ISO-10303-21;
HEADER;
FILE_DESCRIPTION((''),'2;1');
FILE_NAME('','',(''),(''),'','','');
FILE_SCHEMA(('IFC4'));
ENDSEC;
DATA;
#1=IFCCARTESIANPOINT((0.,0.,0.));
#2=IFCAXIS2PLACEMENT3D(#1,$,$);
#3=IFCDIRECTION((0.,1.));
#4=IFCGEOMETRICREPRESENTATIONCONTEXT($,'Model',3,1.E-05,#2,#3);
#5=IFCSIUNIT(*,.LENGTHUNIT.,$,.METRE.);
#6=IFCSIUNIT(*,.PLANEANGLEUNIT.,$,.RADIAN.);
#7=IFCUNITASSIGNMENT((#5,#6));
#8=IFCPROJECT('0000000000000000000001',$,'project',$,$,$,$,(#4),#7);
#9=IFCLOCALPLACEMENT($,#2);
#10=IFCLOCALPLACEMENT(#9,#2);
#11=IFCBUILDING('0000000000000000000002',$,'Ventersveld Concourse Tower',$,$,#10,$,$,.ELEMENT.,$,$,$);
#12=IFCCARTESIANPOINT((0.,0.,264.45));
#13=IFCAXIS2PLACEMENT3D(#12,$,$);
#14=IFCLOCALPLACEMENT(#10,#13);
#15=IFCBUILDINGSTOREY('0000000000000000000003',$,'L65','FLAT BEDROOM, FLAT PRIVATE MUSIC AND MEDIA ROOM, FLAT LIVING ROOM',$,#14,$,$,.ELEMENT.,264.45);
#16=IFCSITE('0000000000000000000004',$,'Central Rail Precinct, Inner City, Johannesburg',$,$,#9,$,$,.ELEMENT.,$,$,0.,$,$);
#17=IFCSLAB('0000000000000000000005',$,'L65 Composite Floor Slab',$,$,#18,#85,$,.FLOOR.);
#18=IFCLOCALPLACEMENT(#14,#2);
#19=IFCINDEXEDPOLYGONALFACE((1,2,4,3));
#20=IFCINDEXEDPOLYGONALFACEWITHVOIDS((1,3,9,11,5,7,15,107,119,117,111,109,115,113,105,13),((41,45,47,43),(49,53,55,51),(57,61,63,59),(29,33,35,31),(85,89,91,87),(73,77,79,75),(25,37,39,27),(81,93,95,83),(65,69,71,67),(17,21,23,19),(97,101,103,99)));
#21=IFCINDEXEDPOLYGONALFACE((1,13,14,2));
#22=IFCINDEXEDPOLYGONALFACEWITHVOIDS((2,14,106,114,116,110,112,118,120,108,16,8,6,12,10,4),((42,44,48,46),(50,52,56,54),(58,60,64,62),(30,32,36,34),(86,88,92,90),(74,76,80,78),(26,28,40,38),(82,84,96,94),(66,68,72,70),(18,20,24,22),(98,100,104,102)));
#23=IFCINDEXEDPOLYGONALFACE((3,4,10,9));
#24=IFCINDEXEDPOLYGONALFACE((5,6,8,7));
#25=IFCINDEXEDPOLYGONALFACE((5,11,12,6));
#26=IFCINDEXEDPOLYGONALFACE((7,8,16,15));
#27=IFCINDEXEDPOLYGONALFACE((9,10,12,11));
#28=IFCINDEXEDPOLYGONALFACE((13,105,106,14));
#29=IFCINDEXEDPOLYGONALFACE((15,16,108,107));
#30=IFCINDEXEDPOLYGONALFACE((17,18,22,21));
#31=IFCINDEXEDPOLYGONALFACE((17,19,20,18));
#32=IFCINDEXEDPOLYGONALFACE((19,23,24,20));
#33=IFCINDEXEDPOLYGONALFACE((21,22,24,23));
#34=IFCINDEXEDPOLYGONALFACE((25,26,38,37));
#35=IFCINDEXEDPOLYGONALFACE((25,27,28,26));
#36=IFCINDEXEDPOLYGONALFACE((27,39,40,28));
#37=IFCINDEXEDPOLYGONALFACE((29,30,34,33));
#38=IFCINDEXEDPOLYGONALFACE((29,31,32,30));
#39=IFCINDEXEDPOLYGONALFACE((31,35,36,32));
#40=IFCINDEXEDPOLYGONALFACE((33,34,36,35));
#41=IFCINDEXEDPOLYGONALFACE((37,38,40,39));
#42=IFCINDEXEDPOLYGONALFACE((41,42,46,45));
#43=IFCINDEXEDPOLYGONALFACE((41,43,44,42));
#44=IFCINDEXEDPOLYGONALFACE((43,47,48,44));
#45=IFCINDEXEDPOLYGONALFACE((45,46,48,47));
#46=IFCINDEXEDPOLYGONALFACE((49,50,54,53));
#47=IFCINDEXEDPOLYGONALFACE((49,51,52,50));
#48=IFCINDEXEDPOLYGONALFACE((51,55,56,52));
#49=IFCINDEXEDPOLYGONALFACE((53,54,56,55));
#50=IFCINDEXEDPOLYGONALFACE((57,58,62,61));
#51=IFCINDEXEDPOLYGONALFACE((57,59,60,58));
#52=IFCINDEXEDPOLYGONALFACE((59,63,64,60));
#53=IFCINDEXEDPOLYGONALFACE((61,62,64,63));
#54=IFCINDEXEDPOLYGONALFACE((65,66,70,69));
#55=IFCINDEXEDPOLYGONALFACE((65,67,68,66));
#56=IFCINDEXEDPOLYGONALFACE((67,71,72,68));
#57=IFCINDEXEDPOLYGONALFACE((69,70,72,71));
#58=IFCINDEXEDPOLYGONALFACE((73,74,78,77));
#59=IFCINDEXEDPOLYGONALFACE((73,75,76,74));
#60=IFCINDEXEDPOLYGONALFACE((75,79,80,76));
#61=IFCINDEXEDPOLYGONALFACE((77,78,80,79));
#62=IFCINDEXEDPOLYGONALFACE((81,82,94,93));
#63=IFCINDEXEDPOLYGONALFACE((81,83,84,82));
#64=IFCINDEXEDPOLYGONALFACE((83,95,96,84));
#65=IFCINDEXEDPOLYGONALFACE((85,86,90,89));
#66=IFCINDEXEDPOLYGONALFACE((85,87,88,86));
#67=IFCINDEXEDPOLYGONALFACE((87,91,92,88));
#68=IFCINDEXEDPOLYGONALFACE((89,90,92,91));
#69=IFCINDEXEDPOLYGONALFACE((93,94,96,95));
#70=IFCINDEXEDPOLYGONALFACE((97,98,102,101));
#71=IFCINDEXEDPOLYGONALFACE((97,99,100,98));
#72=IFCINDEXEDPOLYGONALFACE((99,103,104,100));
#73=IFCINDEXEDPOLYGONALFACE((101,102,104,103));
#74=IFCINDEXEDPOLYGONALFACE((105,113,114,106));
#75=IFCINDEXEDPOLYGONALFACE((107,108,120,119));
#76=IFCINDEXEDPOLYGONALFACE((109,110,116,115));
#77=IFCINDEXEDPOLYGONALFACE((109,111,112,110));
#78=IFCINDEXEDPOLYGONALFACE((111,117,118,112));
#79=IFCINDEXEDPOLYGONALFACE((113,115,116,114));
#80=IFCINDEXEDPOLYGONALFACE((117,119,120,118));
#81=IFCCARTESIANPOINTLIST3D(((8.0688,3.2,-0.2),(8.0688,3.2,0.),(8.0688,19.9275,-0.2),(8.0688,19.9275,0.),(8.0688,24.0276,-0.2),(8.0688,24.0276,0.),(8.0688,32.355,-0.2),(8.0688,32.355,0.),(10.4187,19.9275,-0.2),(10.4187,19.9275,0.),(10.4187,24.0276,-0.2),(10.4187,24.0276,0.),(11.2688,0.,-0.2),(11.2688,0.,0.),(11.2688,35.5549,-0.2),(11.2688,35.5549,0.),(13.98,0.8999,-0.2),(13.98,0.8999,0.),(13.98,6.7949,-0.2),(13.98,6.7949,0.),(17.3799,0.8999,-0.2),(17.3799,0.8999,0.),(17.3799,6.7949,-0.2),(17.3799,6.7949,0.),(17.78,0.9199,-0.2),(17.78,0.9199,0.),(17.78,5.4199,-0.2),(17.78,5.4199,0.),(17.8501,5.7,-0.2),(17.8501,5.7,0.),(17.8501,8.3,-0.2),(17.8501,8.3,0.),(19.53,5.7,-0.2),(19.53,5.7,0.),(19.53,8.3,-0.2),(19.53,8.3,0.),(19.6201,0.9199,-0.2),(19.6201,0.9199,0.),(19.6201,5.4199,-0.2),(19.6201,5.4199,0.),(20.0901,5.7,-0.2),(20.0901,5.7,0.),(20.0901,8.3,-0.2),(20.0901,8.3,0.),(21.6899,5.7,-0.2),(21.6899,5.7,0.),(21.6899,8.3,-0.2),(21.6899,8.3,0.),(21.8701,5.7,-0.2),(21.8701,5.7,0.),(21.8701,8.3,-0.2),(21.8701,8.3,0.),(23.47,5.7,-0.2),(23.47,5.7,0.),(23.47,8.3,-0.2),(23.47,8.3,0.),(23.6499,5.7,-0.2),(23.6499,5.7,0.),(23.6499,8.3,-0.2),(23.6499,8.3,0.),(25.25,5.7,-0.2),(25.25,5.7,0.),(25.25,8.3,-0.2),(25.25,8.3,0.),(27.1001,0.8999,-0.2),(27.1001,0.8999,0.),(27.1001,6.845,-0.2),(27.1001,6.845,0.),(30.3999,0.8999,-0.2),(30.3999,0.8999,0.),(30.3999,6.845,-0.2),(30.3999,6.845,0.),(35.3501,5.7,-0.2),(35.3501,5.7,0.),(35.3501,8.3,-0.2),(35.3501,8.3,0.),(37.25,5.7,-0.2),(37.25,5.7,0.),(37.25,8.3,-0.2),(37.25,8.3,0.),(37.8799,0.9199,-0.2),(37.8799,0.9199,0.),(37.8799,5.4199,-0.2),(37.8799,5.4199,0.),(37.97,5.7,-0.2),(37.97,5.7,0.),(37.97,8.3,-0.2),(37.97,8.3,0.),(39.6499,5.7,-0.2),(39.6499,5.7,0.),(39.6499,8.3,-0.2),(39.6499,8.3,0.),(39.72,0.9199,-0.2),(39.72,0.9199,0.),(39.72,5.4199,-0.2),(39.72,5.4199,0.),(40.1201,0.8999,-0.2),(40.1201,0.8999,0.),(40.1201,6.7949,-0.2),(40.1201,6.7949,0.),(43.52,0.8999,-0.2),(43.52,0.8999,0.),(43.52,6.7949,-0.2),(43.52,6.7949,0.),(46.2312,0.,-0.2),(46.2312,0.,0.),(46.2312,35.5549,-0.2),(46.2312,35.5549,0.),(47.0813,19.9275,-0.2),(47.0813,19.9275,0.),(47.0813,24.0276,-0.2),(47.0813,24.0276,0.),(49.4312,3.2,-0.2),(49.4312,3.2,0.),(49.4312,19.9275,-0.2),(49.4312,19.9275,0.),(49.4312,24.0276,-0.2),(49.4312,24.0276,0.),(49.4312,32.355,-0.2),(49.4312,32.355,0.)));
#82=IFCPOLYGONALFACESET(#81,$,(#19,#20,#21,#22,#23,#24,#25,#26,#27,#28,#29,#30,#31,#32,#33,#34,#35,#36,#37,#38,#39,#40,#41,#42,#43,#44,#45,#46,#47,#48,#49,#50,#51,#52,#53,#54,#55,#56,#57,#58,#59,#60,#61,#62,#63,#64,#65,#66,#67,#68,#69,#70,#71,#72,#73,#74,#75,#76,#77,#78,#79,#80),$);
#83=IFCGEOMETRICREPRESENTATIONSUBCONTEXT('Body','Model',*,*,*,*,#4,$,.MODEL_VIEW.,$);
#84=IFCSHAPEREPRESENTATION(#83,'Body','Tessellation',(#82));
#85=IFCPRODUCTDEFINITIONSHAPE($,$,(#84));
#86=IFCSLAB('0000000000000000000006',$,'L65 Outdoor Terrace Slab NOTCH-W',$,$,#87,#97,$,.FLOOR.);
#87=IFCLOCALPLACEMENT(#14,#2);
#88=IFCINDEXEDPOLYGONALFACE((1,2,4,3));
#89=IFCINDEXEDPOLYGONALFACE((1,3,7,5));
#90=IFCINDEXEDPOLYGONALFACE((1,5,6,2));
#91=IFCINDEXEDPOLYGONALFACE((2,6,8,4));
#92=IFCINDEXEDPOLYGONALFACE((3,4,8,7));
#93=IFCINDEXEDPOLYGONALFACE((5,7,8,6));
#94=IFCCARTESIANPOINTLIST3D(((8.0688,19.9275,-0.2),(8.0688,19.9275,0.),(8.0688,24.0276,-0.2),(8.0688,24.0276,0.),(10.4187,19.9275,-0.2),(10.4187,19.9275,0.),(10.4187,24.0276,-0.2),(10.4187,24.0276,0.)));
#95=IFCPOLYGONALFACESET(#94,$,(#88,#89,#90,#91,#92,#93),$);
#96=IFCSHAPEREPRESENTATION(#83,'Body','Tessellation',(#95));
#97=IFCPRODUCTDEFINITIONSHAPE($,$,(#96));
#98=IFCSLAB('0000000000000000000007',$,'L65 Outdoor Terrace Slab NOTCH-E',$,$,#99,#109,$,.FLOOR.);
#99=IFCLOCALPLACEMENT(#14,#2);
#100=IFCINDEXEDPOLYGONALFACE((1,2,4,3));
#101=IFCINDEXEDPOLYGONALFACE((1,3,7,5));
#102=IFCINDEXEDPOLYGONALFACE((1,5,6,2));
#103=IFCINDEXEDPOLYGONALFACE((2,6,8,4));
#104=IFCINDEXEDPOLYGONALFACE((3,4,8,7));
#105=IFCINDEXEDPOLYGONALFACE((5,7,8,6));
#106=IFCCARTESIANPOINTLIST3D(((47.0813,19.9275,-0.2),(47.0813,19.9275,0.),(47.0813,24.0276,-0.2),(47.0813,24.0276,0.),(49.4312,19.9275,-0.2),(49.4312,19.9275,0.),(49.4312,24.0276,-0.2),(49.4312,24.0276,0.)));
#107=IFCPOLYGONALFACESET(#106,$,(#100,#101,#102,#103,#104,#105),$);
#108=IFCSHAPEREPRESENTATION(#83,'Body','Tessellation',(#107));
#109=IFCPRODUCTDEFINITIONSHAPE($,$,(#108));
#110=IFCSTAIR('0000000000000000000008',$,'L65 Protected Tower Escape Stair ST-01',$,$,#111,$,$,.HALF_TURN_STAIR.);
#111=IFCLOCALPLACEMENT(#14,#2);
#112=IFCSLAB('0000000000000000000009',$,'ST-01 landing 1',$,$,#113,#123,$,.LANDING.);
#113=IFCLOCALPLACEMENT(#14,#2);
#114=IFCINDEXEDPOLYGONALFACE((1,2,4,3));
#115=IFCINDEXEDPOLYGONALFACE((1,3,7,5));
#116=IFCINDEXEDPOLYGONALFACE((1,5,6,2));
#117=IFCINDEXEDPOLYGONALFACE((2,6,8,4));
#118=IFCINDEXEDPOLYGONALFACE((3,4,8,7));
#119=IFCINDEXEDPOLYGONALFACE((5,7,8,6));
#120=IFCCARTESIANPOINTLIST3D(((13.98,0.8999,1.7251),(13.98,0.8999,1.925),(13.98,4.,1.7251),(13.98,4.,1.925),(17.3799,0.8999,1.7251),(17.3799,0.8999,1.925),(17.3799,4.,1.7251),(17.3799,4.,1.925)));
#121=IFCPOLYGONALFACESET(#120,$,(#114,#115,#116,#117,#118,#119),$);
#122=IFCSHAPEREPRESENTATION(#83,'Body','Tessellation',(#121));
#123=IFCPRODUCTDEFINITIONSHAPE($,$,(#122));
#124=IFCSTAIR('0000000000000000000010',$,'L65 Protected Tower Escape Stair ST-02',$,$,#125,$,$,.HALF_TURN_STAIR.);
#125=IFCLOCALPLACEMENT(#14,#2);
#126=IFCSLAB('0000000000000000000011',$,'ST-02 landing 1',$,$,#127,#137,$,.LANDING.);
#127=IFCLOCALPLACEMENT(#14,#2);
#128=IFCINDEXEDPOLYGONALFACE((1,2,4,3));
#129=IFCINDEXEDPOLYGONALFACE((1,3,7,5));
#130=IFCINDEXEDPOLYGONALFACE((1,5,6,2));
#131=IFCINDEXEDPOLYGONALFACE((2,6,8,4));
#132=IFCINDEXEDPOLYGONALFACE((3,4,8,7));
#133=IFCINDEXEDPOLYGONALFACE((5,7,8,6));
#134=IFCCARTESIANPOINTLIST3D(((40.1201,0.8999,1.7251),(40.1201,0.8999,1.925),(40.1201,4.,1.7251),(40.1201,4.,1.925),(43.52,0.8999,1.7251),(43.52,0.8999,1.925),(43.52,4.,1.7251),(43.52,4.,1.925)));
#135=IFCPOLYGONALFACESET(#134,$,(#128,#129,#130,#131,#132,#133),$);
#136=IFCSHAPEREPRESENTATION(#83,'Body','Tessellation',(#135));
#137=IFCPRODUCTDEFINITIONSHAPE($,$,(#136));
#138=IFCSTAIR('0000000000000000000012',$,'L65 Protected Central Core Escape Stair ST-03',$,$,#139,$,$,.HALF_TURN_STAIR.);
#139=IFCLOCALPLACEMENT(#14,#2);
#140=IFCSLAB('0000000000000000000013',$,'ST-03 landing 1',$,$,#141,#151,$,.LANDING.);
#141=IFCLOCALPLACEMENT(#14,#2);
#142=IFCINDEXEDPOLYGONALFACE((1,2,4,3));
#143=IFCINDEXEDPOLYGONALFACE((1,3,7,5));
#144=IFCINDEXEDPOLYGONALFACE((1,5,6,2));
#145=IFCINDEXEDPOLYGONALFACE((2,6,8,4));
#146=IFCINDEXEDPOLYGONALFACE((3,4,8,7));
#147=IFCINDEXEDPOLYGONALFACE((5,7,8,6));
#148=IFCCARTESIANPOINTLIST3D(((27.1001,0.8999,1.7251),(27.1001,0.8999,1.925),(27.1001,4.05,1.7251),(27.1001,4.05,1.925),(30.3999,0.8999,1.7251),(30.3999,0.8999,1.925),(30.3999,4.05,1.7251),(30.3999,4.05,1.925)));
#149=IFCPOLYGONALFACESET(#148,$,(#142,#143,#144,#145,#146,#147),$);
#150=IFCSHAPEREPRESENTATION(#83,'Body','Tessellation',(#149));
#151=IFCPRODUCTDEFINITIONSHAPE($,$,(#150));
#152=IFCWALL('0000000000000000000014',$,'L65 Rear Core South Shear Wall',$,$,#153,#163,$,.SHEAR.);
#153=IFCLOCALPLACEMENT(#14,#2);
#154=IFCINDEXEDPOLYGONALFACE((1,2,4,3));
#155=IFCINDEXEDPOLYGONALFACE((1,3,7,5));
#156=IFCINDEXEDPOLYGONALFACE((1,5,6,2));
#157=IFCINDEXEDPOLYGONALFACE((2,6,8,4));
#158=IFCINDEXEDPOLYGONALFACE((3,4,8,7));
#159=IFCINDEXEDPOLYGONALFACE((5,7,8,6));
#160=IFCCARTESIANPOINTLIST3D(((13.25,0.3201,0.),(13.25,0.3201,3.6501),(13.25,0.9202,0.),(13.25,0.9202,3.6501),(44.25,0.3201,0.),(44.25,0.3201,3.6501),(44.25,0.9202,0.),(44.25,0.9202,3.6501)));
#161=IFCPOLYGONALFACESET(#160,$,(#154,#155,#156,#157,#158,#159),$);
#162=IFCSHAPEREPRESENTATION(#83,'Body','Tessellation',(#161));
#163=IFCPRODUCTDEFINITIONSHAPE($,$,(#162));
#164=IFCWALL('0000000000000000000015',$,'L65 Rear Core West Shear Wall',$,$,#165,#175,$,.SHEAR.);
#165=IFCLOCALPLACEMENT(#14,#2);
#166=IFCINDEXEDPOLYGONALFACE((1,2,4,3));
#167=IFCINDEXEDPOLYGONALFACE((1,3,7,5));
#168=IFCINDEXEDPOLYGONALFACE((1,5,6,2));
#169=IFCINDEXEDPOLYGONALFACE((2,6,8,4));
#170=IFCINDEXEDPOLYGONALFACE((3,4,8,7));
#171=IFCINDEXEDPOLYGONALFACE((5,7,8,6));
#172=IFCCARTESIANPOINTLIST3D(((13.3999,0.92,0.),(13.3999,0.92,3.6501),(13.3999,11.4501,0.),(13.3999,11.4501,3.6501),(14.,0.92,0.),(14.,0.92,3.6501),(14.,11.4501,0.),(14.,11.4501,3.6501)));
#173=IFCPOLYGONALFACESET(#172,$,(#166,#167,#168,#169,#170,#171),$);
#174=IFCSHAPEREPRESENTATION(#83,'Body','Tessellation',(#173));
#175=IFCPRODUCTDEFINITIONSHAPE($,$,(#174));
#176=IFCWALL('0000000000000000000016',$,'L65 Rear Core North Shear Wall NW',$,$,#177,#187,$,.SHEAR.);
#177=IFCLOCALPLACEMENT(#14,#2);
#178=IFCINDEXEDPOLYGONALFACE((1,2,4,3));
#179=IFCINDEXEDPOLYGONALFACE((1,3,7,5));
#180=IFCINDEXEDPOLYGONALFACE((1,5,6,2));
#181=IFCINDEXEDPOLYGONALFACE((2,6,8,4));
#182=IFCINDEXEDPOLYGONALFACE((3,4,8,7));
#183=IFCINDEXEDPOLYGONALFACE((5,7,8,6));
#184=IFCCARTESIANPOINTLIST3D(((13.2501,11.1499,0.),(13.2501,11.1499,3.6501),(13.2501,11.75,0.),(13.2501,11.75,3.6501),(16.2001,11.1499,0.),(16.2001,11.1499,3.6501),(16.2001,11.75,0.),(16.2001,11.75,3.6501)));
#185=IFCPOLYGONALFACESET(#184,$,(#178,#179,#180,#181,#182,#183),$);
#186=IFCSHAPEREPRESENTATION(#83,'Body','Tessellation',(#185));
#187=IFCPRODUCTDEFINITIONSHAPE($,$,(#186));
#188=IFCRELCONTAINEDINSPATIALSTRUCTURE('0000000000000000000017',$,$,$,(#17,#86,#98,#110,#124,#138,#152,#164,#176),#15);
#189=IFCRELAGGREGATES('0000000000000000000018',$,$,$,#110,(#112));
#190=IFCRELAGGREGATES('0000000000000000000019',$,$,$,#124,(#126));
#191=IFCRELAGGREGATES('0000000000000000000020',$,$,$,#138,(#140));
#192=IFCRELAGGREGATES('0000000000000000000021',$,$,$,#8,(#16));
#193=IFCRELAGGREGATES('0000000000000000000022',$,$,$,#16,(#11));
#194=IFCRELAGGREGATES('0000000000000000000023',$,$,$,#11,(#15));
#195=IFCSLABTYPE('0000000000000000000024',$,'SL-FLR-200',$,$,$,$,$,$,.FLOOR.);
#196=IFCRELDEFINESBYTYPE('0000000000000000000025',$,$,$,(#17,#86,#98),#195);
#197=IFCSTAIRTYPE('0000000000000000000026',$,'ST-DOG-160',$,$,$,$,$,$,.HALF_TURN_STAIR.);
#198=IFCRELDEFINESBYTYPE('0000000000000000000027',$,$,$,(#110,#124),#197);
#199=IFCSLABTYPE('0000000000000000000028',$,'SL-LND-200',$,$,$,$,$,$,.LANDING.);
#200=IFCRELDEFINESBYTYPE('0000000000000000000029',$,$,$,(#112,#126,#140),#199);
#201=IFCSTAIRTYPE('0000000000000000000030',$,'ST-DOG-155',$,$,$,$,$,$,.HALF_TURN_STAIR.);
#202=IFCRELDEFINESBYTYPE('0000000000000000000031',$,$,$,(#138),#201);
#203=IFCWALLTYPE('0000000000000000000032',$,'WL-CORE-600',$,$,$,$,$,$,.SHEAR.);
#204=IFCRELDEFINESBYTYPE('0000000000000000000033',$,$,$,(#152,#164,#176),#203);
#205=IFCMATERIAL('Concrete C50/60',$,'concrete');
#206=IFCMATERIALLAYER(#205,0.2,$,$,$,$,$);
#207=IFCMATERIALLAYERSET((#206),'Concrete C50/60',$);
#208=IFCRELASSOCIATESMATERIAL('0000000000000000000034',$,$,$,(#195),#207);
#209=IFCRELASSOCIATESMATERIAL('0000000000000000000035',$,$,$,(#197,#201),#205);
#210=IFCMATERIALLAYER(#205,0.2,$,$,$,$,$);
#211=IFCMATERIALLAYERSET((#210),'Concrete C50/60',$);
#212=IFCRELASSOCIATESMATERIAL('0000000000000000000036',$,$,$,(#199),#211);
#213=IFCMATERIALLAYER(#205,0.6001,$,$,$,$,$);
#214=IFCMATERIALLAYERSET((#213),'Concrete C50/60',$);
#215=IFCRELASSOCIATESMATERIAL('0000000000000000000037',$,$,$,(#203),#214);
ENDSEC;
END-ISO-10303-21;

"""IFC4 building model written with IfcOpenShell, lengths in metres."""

from ifc_helpers import new_model, si_unit, direction, frame, frame_2d, origin, place, context, subcontext, project, spatial, polyline, rectangle, outline, extrude, material, layer, layer_set, type_object, element, aggregate, save


model = new_model("IFC4")

# Units and contexts
model_context = context("Model", 3, precision=1e-05, world=origin(), true_north=direction((0.0, 1.0)))
body_context = subcontext(model_context, "Body", "Model", "MODEL_VIEW")
ifc_project = project(units=[si_unit("LENGTHUNIT", "METRE"), si_unit("PLANEANGLEUNIT", "RADIAN")], contexts=[model_context])

# Site, building, storey
site_placement = place(None, origin())
site = spatial("IfcSite", under=ifc_project, at=site_placement, Name="Central Rail Precinct, Inner City, Johannesburg", CompositionType="ELEMENT", RefElevation=0.0)
building_placement = place(site_placement, origin())
building = spatial("IfcBuilding", under=site, at=building_placement, Name="Ventersveld Concourse Tower", CompositionType="ELEMENT")
storey_placement = place(building_placement, frame((0.0, 0.0, 264.45)))
storey = spatial("IfcBuildingStorey", under=building, at=storey_placement, Name="L65", Description="FLAT BEDROOM, FLAT PRIVATE MUSIC AND MEDIA ROOM, FLAT LIVING ROOM", CompositionType="ELEMENT", Elevation=264.45)

# Shared definitions
ifc_material_1 = material(Name="Concrete C50/60", Category="concrete")

# Slabs
ifc_layer_1 = layer(ifc_material_1, 0.2)
ifc_layer_set_1 = layer_set([ifc_layer_1], Name="Concrete C50/60")
slab_type_1 = type_object("IfcSlabType", Name="SL-FLR-200", PredefinedType="FLOOR", material=ifc_layer_set_1)
slab_1_placement = place(storey_placement, frame((0.0, 0.0, -0.2)))
element("IfcSlab", 1, at=slab_1_placement, inside=storey, type_object=slab_type_1, Name="L65 Composite Floor Slab", PredefinedType="FLOOR", context=body_context, shape_type="SweptSolid", body=[
    extrude(outline(polyline([(11.2688, 0.0), (46.2312, 0.0), (49.4312, 3.2), (49.4312, 19.9275), (47.0813, 19.9275), (47.0813, 24.0276), (49.4312, 24.0276), (49.4312, 32.355), (46.2312, 35.5549), (11.2688, 35.5549), (8.0688, 32.355), (8.0688, 24.0276), (10.4187, 24.0276), (10.4187, 19.9275), (8.0688, 19.9275), (8.0688, 3.2), (11.2688, 0.0)]), holes=[polyline([(13.98, 6.7949), (13.98, 0.8999), (17.3799, 0.8999), (17.3799, 6.7949), (13.98, 6.7949)]), polyline([(40.1201, 6.7949), (40.1201, 0.8999), (43.52, 0.8999), (43.52, 6.7949), (40.1201, 6.7949)]), polyline([(27.1001, 6.845), (27.1001, 0.8999), (30.3999, 0.8999), (30.3999, 6.845), (27.1001, 6.845)]), polyline([(17.8501, 5.7), (19.53, 5.7), (19.53, 8.3), (17.8501, 8.3), (17.8501, 5.7)]), polyline([(37.97, 5.7), (39.6499, 5.7), (39.6499, 8.3), (37.97, 8.3), (37.97, 5.7)]), polyline([(35.3501, 5.7), (37.25, 5.7), (37.25, 8.3), (35.3501, 8.3), (35.3501, 5.7)]), polyline([(20.0901, 5.7), (21.6899, 5.7), (21.6899, 8.3), (20.0901, 8.3), (20.0901, 5.7)]), polyline([(21.8701, 5.7), (23.47, 5.7), (23.47, 8.3), (21.8701, 8.3), (21.8701, 5.7)]), polyline([(23.6499, 5.7), (25.25, 5.7), (25.25, 8.3), (23.6499, 8.3), (23.6499, 5.7)]), polyline([(17.78, 0.9199), (19.6201, 0.9199), (19.6201, 5.4199), (17.78, 5.4199), (17.78, 0.9199)]), polyline([(37.8799, 0.9199), (39.72, 0.9199), (39.72, 5.4199), (37.8799, 5.4199), (37.8799, 0.9199)])]), origin(), (0.0, 0.0, 1.0), 0.2),
])
slab_2_placement = place(storey_placement, frame((0.0, 0.0, -0.2)))
element("IfcSlab", 2, at=slab_2_placement, inside=storey, type_object=slab_type_1, Name="L65 Outdoor Terrace Slab NOTCH-W", PredefinedType="FLOOR", context=body_context, shape_type="SweptSolid", body=[
    extrude(outline(polyline([(8.0688, 19.9275), (10.4187, 19.9275), (10.4187, 24.0276), (8.0688, 24.0276), (8.0688, 19.9275)])), origin(), (0.0, 0.0, 1.0), 0.2),
])
slab_3_placement = place(storey_placement, frame((0.0, 0.0, -0.2)))
element("IfcSlab", 3, at=slab_3_placement, inside=storey, type_object=slab_type_1, Name="L65 Outdoor Terrace Slab NOTCH-E", PredefinedType="FLOOR", context=body_context, shape_type="SweptSolid", body=[
    extrude(outline(polyline([(47.0813, 19.9275), (49.4312, 19.9275), (49.4312, 24.0276), (47.0813, 24.0276), (47.0813, 19.9275)])), origin(), (0.0, 0.0, 1.0), 0.2),
])

# Stairs, slabs
stair_type_1 = type_object("IfcStairType", Name="ST-DOG-160", PredefinedType="HALF_TURN_STAIR", material=ifc_material_1)
stair_1_placement = place(storey_placement, origin())
stair_1 = element("IfcStair", 4, at=stair_1_placement, inside=storey, type_object=stair_type_1, Name="L65 Protected Tower Escape Stair ST-01", PredefinedType="HALF_TURN_STAIR")
ifc_layer_2 = layer(ifc_material_1, 0.2)
ifc_layer_set_2 = layer_set([ifc_layer_2], Name="Concrete C50/60")
slab_type_2 = type_object("IfcSlabType", Name="SL-LND-200", PredefinedType="LANDING", material=ifc_layer_set_2)
slab_4_placement = place(storey_placement, frame((0.0, 0.0, 1.7251)))
slab_4 = element("IfcSlab", 5, at=slab_4_placement, type_object=slab_type_2, Name="ST-01 landing 1", PredefinedType="LANDING", context=body_context, shape_type="SweptSolid", body=[
    extrude(outline(polyline([(13.98, 4.0), (13.98, 0.8999), (17.3799, 0.8999), (17.3799, 4.0), (13.98, 4.0)])), origin(), (0.0, 0.0, 1.0), 0.2),
])
aggregate(stair_1, [slab_4])
stair_2_placement = place(storey_placement, origin())
stair_2 = element("IfcStair", 6, at=stair_2_placement, inside=storey, type_object=stair_type_1, Name="L65 Protected Tower Escape Stair ST-02", PredefinedType="HALF_TURN_STAIR")
slab_5_placement = place(storey_placement, frame((0.0, 0.0, 1.7251)))
slab_5 = element("IfcSlab", 7, at=slab_5_placement, type_object=slab_type_2, Name="ST-02 landing 1", PredefinedType="LANDING", context=body_context, shape_type="SweptSolid", body=[
    extrude(outline(polyline([(40.1201, 4.0), (40.1201, 0.8999), (43.52, 0.8999), (43.52, 4.0), (40.1201, 4.0)])), origin(), (0.0, 0.0, 1.0), 0.2),
])
aggregate(stair_2, [slab_5])
stair_type_2 = type_object("IfcStairType", Name="ST-DOG-155", PredefinedType="HALF_TURN_STAIR", material=ifc_material_1)
stair_3_placement = place(storey_placement, origin())
stair_3 = element("IfcStair", 8, at=stair_3_placement, inside=storey, type_object=stair_type_2, Name="L65 Protected Central Core Escape Stair ST-03", PredefinedType="HALF_TURN_STAIR")
slab_6_placement = place(storey_placement, frame((0.0, 0.0, 1.7251)))
slab_6 = element("IfcSlab", 9, at=slab_6_placement, type_object=slab_type_2, Name="ST-03 landing 1", PredefinedType="LANDING", context=body_context, shape_type="SweptSolid", body=[
    extrude(outline(polyline([(27.1001, 4.05), (27.1001, 0.8999), (30.3999, 0.8999), (30.3999, 4.05), (27.1001, 4.05)])), origin(), (0.0, 0.0, 1.0), 0.2),
])
aggregate(stair_3, [slab_6])

# Walls
ifc_layer_3 = layer(ifc_material_1, 0.6001)
ifc_layer_set_3 = layer_set([ifc_layer_3], Name="Concrete C50/60")
wall_type_1 = type_object("IfcWallType", Name="WL-CORE-600", PredefinedType="SHEAR", material=ifc_layer_set_3)
wall_1_placement = place(storey_placement, frame((13.25, 0.6201, 0.0), z_axis=(0.0, 0.0, 1.0), x_axis=(1.0, 0.0, 0.0)))
element("IfcWall", 10, at=wall_1_placement, inside=storey, type_object=wall_type_1, Name="L65 Rear Core South Shear Wall", PredefinedType="SHEAR", context=body_context, shape_type="SweptSolid", body=[
    extrude(rectangle(XDim=31.0, YDim=0.6001, at=frame_2d((15.5, 0.0))), origin(), (0.0, 0.0, 1.0), 3.6501),
])
wall_2_placement = place(storey_placement, frame((13.7, 0.9199, 0.0), z_axis=(0.0, 0.0, 1.0), x_axis=(0.0, 1.0, 0.0)))
element("IfcWall", 11, at=wall_2_placement, inside=storey, type_object=wall_type_1, Name="L65 Rear Core West Shear Wall", PredefinedType="SHEAR", context=body_context, shape_type="SweptSolid", body=[
    extrude(rectangle(XDim=10.53, YDim=0.6001, at=frame_2d((5.2651, 0.0))), origin(), (0.0, 0.0, 1.0), 3.6501),
])
wall_3_placement = place(storey_placement, frame((13.25, 11.45, 0.0), z_axis=(0.0, 0.0, 1.0), x_axis=(1.0, 0.0, 0.0)))
element("IfcWall", 12, at=wall_3_placement, inside=storey, type_object=wall_type_1, Name="L65 Rear Core North Shear Wall NW", PredefinedType="SHEAR", context=body_context, shape_type="SweptSolid", body=[
    extrude(rectangle(XDim=2.95, YDim=0.6001, at=frame_2d((1.4751, 0.0))), origin(), (0.0, 0.0, 1.0), 3.6501),
])

save(model, "model.ifc")
